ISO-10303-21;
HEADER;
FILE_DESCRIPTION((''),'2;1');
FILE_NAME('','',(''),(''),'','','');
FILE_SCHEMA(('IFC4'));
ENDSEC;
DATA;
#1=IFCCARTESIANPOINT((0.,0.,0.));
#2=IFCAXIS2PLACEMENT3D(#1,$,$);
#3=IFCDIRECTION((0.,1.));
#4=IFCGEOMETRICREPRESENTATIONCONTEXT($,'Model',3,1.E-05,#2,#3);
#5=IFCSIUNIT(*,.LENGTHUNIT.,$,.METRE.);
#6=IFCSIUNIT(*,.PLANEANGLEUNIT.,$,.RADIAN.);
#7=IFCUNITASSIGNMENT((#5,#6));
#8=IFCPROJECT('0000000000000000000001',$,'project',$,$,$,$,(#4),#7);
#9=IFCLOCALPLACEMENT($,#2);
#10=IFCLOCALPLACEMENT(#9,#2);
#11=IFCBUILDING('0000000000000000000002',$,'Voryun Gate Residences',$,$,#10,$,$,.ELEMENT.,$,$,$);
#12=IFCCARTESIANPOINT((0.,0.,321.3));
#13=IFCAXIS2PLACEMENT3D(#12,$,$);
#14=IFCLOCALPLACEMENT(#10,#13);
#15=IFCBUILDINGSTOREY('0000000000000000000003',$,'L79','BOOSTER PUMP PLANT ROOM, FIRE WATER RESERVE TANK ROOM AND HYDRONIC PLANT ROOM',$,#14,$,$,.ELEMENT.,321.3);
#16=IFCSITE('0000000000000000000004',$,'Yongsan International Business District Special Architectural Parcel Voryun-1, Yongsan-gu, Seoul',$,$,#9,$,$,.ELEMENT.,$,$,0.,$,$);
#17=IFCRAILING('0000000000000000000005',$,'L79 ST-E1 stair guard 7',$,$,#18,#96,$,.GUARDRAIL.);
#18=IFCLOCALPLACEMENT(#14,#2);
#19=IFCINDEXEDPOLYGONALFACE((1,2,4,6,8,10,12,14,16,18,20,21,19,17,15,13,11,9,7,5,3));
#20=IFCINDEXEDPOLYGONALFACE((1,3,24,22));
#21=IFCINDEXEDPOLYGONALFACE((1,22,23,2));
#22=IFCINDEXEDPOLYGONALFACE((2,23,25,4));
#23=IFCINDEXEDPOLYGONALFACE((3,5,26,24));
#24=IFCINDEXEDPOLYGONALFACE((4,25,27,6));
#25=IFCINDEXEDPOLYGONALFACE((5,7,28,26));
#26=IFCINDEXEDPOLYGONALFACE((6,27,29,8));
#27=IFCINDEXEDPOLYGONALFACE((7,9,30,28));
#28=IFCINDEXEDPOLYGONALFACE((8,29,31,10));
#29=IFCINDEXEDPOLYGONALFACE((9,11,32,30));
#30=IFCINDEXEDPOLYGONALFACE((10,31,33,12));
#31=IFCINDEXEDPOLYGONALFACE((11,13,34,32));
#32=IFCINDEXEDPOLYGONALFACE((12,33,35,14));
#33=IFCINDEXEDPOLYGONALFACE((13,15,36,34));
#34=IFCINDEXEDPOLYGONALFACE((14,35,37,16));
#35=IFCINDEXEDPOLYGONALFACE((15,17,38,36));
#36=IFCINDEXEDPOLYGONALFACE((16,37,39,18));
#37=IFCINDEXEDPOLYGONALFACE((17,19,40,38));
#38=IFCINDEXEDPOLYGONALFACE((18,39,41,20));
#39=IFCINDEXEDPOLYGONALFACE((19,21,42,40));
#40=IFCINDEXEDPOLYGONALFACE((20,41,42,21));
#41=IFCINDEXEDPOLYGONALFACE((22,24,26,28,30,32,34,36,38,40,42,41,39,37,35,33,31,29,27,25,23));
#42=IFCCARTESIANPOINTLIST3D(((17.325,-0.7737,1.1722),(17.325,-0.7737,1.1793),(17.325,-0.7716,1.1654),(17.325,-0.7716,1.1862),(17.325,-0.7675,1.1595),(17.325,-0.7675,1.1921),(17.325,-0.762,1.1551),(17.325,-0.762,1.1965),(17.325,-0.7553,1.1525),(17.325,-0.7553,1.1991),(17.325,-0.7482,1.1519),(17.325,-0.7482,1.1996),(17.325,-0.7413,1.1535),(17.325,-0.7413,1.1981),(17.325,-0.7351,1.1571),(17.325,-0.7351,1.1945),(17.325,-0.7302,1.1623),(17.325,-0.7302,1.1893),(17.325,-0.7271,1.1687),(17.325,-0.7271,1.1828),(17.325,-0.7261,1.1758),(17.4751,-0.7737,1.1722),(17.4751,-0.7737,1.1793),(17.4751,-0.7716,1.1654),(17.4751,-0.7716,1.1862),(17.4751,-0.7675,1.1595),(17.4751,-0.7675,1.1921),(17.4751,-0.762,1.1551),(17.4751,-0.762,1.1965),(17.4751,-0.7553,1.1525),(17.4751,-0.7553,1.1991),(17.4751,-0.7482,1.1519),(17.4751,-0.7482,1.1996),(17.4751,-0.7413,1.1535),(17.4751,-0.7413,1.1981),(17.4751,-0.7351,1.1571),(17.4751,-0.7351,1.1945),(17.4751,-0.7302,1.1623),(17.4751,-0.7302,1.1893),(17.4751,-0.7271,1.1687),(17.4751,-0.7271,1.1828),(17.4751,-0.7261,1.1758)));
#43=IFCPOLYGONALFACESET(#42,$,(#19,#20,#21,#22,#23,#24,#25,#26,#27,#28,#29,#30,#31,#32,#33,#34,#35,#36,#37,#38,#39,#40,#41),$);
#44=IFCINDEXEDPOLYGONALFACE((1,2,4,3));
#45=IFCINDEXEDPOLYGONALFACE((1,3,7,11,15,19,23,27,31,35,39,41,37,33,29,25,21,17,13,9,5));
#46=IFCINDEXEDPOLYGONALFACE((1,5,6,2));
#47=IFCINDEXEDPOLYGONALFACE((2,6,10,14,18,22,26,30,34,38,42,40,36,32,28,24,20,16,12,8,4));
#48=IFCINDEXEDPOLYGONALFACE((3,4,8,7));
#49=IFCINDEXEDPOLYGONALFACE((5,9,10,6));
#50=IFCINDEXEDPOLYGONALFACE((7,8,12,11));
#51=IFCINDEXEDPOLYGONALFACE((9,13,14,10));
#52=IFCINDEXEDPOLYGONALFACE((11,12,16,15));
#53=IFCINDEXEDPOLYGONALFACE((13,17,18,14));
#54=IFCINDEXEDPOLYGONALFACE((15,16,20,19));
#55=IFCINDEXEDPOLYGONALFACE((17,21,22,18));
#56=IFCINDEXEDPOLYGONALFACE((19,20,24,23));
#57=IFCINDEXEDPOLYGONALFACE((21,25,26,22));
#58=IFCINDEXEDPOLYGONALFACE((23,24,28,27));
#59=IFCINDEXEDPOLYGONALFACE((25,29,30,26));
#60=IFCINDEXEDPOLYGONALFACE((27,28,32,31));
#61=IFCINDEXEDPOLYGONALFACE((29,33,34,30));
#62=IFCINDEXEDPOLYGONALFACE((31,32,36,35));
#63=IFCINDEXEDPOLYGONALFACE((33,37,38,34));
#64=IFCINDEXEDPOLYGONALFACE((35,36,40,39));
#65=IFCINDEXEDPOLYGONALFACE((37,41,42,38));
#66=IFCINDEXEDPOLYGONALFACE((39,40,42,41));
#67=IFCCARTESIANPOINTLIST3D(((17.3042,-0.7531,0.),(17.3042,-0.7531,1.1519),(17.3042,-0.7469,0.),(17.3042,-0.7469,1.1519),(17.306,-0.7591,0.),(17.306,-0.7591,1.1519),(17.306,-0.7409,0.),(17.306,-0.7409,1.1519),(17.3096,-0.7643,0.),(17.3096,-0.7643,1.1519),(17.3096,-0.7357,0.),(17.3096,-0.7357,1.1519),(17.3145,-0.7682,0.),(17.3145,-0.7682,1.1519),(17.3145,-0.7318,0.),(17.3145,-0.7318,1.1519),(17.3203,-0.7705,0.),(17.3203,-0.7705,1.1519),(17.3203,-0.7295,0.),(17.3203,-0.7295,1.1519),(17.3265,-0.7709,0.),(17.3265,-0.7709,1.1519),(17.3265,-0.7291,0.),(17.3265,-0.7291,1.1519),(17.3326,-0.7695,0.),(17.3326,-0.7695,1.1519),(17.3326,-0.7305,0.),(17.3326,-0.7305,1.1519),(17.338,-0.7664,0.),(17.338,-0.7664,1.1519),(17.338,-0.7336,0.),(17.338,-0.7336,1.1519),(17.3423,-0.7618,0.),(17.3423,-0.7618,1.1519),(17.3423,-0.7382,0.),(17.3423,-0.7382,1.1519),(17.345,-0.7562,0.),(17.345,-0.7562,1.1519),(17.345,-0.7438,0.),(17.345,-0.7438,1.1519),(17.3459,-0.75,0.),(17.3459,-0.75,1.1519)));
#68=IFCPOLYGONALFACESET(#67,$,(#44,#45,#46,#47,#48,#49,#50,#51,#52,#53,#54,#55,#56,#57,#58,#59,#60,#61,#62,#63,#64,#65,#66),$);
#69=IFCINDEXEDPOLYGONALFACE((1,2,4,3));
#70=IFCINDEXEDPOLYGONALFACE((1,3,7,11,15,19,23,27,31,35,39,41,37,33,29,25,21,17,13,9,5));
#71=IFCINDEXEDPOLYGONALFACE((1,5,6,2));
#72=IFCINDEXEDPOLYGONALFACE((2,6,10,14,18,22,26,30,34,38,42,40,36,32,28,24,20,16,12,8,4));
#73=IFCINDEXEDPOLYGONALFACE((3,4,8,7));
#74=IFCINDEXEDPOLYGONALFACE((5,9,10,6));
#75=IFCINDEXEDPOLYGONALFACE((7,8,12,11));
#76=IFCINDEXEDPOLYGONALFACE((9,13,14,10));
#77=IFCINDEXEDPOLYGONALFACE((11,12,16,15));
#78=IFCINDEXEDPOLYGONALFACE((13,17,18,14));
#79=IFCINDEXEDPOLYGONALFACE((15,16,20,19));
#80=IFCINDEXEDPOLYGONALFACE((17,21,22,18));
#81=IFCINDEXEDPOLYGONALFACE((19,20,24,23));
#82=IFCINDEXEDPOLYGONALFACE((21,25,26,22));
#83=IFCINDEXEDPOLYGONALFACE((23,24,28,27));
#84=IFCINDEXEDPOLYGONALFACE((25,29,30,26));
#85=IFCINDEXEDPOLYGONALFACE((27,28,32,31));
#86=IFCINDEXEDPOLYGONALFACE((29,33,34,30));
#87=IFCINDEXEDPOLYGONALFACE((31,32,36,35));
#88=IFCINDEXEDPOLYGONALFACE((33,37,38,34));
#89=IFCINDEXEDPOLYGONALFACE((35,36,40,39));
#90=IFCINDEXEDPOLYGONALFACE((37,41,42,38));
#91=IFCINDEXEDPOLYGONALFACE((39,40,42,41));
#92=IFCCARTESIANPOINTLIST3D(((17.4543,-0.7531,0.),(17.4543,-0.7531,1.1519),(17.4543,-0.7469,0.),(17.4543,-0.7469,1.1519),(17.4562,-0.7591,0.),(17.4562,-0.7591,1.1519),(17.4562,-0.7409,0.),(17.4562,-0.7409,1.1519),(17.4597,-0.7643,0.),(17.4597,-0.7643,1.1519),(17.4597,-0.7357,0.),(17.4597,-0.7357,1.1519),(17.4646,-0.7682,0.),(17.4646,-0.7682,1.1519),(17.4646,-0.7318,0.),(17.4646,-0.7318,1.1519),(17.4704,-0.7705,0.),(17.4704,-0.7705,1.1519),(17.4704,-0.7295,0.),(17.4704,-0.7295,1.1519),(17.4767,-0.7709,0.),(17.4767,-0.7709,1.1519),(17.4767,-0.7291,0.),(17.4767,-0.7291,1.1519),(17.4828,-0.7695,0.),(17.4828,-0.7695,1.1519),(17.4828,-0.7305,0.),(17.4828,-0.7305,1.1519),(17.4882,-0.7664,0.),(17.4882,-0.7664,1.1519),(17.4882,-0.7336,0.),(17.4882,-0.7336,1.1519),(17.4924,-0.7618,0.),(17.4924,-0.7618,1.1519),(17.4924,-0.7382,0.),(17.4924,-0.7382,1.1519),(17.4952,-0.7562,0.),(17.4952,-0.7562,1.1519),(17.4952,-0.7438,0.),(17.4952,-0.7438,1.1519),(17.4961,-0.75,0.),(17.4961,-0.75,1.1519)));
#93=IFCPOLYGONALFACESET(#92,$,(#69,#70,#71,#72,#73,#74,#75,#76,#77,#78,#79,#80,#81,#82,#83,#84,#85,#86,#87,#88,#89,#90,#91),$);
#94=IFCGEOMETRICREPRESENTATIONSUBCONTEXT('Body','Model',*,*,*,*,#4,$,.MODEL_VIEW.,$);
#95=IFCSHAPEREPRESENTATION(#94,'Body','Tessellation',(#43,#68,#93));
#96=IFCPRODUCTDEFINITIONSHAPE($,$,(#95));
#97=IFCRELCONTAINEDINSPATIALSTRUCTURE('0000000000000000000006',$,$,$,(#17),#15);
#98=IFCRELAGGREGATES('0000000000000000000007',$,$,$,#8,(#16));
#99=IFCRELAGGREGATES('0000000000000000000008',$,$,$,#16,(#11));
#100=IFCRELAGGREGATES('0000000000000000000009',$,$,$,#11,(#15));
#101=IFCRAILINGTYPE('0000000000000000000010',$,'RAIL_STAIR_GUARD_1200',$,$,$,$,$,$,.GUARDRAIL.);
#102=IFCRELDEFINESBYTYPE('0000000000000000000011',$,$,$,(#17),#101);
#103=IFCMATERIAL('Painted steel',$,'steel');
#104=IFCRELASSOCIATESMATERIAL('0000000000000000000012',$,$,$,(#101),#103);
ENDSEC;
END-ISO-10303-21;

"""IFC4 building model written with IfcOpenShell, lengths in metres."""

from ifc_helpers import new_model, si_unit, direction, frame, origin, origin_2d, place, context, subcontext, project, spatial, circle, extrude, material, type_object, element, save


model = new_model("IFC4")

# Units and contexts
model_context = context("Model", 3, precision=1e-05, world=origin(), true_north=direction((0.0, 1.0)))
body_context = subcontext(model_context, "Body", "Model", "MODEL_VIEW")
ifc_project = project(units=[si_unit("LENGTHUNIT", "METRE"), si_unit("PLANEANGLEUNIT", "RADIAN")], contexts=[model_context])

# Site, building, storey
site_placement = place(None, origin())
site = spatial("IfcSite", under=ifc_project, at=site_placement, Name="Yongsan International Business District Special Architectural Parcel Voryun-1, Yongsan-gu, Seoul", CompositionType="ELEMENT", RefElevation=0.0)
building_placement = place(site_placement, origin())
building = spatial("IfcBuilding", under=site, at=building_placement, Name="Voryun Gate Residences", CompositionType="ELEMENT")
storey_placement = place(building_placement, frame((0.0, 0.0, 321.3)))
storey = spatial("IfcBuildingStorey", under=building, at=storey_placement, Name="L79", Description="BOOSTER PUMP PLANT ROOM, FIRE WATER RESERVE TANK ROOM AND HYDRONIC PLANT ROOM", CompositionType="ELEMENT", Elevation=321.3)

# Railing
ifc_material_1 = material(Name="Painted steel", Category="steel")
railing_type_1 = type_object("IfcRailingType", Name="RAIL_STAIR_GUARD_1200", PredefinedType="GUARDRAIL", material=ifc_material_1)
railing_1_placement = place(storey_placement, frame((17.325, -0.75, 0.0)))
element("IfcRailing", 1, at=railing_1_placement, inside=storey, type_object=railing_type_1, Name="L79 ST-E1 stair guard 7", PredefinedType="GUARDRAIL", context=body_context, shape_type="SweptSolid", body=[
    extrude(circle(Radius=0.0239, at=origin_2d()), frame((0.0, 0.0, 1.1758), z_axis=(1.0, 0.0, 0.0), x_axis=(0.0, 1.0, 0.0)), (0.0, 0.0, 1.0), 0.1501),
    extrude(circle(Radius=0.021, at=origin_2d()), origin(), (0.0, 0.0, 1.0), 1.1519),
    extrude(circle(Radius=0.021, at=origin_2d()), frame((0.1501, 0.0, 0.0)), (0.0, 0.0, 1.0), 1.1519),
])

save(model, "model.ifc")
